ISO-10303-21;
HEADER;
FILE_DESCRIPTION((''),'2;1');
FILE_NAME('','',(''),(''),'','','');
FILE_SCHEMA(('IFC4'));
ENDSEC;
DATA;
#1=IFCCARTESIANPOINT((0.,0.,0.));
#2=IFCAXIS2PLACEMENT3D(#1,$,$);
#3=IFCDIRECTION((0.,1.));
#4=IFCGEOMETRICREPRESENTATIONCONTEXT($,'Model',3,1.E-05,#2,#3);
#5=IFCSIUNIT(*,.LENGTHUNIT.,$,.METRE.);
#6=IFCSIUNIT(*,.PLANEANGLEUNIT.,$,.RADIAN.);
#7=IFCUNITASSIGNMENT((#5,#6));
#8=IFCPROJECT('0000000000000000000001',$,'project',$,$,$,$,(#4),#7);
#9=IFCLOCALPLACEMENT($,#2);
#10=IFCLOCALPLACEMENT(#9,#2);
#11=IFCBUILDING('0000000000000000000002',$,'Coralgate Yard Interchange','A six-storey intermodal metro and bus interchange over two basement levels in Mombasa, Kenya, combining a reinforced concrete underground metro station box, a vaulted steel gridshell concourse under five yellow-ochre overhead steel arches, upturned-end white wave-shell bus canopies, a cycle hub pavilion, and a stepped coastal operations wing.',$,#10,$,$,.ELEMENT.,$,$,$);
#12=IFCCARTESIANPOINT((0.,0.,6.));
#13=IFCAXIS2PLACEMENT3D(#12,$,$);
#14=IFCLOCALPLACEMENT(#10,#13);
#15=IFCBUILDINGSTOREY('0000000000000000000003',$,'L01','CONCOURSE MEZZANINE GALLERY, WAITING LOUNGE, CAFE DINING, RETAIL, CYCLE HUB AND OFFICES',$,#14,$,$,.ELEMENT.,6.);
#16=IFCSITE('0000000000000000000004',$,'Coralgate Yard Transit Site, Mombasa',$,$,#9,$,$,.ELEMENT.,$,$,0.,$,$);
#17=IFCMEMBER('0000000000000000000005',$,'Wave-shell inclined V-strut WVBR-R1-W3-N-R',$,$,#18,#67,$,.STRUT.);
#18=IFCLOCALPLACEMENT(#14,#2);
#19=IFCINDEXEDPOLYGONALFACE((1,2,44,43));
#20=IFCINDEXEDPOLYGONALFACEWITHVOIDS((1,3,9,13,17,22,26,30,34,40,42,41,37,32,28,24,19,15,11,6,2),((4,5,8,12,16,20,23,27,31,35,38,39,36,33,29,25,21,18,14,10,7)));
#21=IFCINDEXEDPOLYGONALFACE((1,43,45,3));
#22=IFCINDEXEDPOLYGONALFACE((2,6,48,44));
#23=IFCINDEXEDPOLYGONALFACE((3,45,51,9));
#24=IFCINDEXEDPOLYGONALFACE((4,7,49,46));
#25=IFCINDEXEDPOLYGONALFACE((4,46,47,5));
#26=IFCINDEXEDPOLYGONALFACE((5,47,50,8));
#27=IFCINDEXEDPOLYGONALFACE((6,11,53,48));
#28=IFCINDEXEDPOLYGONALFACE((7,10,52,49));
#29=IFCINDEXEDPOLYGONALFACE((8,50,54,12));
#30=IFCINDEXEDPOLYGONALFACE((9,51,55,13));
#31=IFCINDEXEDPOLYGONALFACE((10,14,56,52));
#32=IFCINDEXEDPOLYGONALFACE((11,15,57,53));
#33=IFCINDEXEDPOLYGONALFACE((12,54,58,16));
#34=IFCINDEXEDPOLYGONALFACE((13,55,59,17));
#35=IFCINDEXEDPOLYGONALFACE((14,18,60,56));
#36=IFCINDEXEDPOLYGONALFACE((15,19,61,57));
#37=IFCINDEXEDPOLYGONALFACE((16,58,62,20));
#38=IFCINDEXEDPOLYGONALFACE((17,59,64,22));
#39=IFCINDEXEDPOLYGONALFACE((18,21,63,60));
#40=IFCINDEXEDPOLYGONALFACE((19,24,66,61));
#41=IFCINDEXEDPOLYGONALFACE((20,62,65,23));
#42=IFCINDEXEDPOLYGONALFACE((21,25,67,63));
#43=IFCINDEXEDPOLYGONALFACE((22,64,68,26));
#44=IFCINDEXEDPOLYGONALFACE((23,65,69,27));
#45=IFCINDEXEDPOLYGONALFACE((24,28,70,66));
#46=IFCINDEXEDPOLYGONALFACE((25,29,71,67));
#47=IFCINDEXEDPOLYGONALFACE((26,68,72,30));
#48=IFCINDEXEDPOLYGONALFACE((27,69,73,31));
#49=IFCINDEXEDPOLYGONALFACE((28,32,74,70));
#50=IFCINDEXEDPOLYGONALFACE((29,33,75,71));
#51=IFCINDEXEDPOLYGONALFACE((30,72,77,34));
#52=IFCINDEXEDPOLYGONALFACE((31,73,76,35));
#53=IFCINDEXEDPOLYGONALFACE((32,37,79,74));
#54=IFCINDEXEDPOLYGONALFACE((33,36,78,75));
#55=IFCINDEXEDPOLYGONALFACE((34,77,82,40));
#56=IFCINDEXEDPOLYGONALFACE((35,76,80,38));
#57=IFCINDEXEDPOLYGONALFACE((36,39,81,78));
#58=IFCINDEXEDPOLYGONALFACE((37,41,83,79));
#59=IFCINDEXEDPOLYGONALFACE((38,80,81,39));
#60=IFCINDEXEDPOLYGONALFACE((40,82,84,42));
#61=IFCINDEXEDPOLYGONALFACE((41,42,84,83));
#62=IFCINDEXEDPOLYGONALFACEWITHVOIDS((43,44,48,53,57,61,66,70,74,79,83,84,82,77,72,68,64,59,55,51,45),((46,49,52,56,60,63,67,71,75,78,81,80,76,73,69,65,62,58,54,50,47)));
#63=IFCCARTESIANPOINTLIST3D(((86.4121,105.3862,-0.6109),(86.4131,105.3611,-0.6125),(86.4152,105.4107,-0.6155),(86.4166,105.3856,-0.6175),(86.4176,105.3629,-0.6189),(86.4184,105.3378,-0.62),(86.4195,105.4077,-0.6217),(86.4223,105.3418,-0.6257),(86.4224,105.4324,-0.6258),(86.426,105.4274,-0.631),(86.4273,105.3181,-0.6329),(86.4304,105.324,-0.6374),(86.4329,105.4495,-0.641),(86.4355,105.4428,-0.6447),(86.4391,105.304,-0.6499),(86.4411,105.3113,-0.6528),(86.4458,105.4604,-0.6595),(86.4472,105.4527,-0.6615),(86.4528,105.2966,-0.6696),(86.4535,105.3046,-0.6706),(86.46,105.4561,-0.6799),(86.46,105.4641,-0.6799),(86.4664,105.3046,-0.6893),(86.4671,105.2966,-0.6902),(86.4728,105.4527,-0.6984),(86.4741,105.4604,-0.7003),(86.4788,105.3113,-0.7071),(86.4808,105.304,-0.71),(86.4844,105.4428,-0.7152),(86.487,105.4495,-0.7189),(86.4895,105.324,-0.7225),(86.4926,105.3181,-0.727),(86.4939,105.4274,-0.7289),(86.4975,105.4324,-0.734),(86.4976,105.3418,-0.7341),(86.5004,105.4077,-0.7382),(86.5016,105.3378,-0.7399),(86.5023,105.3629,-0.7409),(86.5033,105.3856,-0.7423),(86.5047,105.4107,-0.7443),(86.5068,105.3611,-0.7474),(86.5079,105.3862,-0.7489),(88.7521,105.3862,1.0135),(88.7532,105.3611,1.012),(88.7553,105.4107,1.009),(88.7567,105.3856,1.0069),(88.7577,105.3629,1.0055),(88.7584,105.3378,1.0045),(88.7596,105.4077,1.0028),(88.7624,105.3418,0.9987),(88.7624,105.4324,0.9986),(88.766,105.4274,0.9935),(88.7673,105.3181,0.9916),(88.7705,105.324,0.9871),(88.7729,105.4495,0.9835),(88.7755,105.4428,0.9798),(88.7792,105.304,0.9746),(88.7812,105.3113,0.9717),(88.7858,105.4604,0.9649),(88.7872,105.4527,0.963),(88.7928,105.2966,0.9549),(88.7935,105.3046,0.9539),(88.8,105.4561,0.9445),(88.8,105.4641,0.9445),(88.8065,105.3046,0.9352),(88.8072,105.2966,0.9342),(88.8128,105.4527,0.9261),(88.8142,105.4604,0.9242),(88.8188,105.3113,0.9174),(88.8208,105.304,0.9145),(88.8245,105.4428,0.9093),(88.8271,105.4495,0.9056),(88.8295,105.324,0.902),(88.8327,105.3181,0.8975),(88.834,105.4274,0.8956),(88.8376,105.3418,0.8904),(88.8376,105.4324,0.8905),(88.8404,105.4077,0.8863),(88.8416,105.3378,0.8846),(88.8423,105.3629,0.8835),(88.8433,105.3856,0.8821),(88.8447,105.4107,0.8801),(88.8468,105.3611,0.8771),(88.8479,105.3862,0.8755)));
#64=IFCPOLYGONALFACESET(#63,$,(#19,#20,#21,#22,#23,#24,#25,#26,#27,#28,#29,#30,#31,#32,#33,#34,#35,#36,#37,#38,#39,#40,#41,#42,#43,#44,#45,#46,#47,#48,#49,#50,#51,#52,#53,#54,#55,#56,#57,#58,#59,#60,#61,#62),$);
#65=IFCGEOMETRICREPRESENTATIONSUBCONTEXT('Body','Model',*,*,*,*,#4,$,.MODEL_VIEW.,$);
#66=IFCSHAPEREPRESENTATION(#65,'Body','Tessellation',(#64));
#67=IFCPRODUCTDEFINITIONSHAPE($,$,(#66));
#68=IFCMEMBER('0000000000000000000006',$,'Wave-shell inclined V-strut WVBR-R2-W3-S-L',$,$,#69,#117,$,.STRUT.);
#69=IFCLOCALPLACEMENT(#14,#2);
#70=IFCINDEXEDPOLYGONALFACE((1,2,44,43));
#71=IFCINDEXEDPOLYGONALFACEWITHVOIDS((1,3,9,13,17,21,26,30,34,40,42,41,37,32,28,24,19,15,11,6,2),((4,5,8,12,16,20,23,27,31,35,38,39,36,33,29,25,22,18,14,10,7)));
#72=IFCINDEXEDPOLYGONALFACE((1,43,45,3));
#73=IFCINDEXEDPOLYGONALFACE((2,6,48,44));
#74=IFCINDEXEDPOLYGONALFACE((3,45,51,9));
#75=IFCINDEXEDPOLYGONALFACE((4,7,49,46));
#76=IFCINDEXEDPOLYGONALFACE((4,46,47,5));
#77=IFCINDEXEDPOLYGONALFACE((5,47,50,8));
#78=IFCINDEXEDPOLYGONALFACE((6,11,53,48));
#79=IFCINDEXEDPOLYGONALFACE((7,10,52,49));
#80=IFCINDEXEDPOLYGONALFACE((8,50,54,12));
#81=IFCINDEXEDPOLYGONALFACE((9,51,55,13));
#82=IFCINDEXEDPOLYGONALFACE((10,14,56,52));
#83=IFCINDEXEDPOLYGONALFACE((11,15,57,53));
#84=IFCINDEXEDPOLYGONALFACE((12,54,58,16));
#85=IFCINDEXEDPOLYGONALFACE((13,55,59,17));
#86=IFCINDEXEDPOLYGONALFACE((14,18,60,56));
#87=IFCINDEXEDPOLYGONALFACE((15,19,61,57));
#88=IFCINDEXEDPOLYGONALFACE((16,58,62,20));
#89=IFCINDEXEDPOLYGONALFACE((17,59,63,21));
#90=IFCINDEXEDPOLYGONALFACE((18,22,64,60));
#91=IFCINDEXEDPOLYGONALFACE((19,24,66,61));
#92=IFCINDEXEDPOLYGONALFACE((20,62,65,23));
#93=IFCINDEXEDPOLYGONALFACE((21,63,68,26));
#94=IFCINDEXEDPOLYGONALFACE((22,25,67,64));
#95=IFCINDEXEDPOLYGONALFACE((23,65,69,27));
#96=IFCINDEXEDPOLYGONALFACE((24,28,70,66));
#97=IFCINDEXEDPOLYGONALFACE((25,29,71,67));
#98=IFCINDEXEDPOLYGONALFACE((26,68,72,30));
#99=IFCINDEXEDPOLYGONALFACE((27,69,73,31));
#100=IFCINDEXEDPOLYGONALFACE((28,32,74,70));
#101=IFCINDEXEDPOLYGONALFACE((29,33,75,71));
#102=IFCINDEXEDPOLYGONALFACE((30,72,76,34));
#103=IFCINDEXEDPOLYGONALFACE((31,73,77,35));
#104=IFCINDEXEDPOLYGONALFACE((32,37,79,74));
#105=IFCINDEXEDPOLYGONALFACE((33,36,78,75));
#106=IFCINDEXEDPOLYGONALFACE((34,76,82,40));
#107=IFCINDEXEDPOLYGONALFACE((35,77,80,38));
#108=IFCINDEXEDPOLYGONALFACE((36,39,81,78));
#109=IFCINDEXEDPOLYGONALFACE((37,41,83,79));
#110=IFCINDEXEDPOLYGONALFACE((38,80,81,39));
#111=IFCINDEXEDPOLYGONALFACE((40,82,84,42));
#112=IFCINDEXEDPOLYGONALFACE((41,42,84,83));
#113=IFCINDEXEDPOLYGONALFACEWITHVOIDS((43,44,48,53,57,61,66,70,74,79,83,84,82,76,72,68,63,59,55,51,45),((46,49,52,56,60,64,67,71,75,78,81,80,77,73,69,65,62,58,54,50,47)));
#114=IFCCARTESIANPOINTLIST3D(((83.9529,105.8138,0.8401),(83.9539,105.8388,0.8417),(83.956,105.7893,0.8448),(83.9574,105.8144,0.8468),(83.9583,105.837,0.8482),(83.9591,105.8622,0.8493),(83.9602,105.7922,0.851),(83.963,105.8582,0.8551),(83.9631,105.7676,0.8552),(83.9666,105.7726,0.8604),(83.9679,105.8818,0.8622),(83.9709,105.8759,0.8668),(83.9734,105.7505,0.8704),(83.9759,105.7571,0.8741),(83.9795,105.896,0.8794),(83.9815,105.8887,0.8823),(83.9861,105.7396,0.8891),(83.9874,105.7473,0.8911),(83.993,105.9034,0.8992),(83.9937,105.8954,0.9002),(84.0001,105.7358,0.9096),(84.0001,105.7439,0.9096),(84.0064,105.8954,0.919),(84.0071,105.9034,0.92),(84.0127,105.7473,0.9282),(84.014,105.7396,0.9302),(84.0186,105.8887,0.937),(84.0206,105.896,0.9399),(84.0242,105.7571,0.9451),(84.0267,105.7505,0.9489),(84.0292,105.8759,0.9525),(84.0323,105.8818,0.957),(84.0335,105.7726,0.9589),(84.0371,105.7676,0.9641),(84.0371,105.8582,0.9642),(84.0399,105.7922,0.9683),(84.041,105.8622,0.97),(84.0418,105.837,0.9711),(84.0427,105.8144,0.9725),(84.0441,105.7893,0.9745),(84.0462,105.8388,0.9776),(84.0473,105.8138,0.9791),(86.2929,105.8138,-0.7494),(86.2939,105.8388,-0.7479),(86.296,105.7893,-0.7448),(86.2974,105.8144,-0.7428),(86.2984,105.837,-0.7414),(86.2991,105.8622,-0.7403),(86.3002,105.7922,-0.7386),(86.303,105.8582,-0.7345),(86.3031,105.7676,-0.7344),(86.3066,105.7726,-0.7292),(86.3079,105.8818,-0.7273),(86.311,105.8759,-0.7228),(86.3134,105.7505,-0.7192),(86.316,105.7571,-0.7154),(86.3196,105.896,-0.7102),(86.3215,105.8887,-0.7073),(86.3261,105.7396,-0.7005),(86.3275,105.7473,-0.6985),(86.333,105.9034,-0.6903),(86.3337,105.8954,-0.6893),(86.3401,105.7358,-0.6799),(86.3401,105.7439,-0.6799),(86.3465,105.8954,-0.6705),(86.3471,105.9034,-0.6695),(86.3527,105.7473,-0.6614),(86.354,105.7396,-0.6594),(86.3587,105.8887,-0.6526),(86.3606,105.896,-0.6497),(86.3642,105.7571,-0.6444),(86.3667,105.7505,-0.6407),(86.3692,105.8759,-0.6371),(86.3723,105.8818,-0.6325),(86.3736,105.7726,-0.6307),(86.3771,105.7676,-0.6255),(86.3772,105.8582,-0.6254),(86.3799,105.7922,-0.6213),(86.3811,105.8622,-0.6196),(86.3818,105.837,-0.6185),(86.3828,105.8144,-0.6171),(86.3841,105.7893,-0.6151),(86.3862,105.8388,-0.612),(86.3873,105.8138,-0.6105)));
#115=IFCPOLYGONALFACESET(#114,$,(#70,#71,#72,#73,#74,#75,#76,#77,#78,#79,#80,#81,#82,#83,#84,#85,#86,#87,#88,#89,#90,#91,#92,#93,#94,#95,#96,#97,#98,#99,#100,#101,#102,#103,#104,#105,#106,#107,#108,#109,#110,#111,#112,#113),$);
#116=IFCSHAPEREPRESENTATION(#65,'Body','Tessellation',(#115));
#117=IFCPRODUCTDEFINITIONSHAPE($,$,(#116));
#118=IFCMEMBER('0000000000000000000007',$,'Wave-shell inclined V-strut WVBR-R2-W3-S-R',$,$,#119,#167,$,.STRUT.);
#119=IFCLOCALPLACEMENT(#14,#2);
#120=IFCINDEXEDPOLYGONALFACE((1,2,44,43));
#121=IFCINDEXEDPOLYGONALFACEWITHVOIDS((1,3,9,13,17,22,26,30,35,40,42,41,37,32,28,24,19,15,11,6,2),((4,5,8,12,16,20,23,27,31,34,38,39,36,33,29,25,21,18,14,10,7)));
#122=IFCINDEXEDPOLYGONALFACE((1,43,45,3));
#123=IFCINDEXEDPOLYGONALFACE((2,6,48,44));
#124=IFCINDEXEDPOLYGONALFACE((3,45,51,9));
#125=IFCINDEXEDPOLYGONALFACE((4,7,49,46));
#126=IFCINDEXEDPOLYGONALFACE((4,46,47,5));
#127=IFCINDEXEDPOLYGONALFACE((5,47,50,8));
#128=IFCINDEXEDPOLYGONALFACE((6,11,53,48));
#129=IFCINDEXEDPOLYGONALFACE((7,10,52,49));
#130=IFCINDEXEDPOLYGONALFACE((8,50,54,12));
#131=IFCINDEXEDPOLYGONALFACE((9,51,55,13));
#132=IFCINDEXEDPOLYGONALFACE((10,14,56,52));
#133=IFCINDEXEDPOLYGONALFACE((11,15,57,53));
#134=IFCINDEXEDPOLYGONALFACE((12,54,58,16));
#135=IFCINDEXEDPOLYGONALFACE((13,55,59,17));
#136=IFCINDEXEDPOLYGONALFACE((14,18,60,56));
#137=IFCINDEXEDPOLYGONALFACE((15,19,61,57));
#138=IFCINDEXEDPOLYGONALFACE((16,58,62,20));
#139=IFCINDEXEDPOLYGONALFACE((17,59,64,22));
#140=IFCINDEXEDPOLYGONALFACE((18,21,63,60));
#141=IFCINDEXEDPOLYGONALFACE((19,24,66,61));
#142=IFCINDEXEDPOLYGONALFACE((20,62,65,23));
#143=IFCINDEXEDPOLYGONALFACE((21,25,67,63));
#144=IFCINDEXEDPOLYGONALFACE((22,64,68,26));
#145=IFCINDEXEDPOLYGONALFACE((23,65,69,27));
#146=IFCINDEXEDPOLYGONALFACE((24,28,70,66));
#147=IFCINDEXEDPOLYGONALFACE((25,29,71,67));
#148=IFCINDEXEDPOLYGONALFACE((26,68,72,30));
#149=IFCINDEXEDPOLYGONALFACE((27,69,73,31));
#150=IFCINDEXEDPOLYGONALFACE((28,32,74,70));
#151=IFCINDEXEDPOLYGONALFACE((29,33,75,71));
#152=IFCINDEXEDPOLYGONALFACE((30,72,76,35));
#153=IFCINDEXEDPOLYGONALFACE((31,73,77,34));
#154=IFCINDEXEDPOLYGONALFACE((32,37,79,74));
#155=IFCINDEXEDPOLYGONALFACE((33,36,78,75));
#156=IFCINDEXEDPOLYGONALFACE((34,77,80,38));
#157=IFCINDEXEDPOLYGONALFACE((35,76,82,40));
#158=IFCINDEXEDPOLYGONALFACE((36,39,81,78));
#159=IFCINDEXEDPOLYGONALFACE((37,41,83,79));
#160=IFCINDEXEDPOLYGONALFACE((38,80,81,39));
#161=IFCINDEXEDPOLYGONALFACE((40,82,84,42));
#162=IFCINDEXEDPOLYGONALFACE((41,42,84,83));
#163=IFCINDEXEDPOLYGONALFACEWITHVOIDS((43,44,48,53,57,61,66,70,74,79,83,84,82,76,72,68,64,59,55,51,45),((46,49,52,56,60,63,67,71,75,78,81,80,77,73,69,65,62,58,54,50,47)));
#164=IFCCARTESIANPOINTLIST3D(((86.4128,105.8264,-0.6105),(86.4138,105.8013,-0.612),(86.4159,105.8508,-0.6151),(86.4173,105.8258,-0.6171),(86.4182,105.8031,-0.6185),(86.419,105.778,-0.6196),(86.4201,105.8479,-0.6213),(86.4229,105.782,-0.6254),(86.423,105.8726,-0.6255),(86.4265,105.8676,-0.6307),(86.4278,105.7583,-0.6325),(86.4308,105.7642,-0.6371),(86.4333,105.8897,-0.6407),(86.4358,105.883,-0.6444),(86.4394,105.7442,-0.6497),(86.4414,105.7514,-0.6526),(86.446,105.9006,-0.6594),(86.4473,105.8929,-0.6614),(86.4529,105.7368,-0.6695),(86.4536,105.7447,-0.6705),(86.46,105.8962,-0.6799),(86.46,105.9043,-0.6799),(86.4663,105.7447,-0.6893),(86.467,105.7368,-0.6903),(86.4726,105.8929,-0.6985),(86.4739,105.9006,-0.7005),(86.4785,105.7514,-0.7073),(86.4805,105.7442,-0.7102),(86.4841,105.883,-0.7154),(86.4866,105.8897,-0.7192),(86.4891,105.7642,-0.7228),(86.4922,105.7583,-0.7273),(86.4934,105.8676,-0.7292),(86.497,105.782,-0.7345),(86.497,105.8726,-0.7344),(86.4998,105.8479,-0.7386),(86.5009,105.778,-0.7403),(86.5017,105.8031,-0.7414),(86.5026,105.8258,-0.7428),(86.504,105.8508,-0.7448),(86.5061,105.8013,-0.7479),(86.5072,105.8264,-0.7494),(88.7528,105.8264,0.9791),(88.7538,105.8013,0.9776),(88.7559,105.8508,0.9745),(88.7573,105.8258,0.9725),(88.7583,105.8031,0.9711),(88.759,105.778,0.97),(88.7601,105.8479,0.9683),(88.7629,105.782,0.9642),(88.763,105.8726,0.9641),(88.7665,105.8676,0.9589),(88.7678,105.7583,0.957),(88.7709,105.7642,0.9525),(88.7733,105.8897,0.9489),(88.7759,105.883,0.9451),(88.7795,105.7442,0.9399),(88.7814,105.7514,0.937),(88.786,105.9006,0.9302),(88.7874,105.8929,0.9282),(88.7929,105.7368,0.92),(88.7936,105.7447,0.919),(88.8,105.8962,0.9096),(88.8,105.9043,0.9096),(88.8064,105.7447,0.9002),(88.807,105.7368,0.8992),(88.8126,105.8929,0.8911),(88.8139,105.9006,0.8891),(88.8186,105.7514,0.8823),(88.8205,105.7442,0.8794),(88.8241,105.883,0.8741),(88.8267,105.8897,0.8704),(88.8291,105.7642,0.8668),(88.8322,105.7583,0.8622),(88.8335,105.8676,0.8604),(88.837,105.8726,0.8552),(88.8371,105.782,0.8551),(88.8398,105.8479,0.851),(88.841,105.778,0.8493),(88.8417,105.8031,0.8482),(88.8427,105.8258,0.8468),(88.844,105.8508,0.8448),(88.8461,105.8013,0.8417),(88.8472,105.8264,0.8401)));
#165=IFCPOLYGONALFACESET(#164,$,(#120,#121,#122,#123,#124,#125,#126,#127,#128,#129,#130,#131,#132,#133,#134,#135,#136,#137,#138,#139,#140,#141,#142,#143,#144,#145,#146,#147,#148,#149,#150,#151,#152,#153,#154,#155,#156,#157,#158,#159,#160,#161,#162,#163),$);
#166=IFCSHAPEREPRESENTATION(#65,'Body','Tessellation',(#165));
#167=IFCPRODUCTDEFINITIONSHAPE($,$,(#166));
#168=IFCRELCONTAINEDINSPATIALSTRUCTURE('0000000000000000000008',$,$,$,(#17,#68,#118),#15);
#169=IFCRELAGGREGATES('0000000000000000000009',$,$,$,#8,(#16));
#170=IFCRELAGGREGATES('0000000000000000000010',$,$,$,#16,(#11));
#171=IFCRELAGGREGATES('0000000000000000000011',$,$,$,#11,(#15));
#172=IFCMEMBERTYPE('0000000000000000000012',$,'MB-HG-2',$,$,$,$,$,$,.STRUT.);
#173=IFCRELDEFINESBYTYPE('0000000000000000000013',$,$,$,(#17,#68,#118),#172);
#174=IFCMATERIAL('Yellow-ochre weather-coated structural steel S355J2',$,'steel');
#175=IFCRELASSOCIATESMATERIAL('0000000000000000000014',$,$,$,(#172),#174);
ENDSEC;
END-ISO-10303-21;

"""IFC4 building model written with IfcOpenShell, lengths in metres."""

from ifc_helpers import new_model, si_unit, direction, frame, origin, origin_2d, place, context, subcontext, project, spatial, hollow_circle, extrude, material, material_profile, profile_set, type_object, element, save


model = new_model("IFC4")

# Units and contexts
model_context = context("Model", 3, precision=1e-05, world=origin(), true_north=direction((0.0, 1.0)))
body_context = subcontext(model_context, "Body", "Model", "MODEL_VIEW")
ifc_project = project(units=[si_unit("LENGTHUNIT", "METRE"), si_unit("PLANEANGLEUNIT", "RADIAN")], contexts=[model_context])

# Site, building, storey
site_placement = place(None, origin())
site = spatial("IfcSite", under=ifc_project, at=site_placement, Name="Coralgate Yard Transit Site, Mombasa", CompositionType="ELEMENT", RefElevation=0.0)
building_placement = place(site_placement, origin())
building = spatial("IfcBuilding", under=site, at=building_placement, Name="Coralgate Yard Interchange", Description="A six-storey intermodal metro and bus interchange over two basement levels in Mombasa, Kenya, combining a reinforced concrete underground metro station box, a vaulted steel gridshell concourse under five yellow-ochre overhead steel arches, upturned-end white wave-shell bus canopies, a cycle hub pavilion, and a stepped coastal operations wing.", CompositionType="ELEMENT")
storey_placement = place(building_placement, frame((0.0, 0.0, 6.0)))
storey = spatial("IfcBuildingStorey", under=building, at=storey_placement, Name="L01", Description="CONCOURSE MEZZANINE GALLERY, WAITING LOUNGE, CAFE DINING, RETAIL, CYCLE HUB AND OFFICES", CompositionType="ELEMENT", Elevation=6.0)

# Members
ifc_material_1 = material(Name="Yellow-ochre weather-coated structural steel S355J2", Category="steel")
ifc_material_profile_1 = material_profile(ifc_material_1, hollow_circle(Radius=0.0842, WallThickness=0.0081, at=origin_2d()), Name="CHS 168.3x8")
ifc_profile_set_1 = profile_set([ifc_material_profile_1], Name="Yellow-ochre weather-coated structural steel S355J2")
member_type_1 = type_object("IfcMemberType", Name="MB-HG-2", PredefinedType="STRUT", material=ifc_profile_set_1)
for number, where, z_axis, x_axis, name in (
    (1, (86.46, 105.3799, -0.6799), (0.82146, 0.0, 0.570266), (0.0, 1.0, 0.0), "Wave-shell inclined V-strut WVBR-R1-W3-N-R"),
):
    element("IfcMember", number, at=place(storey_placement, frame(where, z_axis=z_axis, x_axis=x_axis)), inside=storey, type_object=member_type_1, Name=name, PredefinedType="STRUT", context=body_context, shape_type="SweptSolid", body=[
        extrude(hollow_circle(Radius=0.0842, WallThickness=0.0081, at=origin_2d()), origin(), (0.0, 0.0, 1.0), 2.8486),
    ])
for number, where, z_axis, x_axis, name in (
    (2, (86.3401, 105.8201, -0.6799), (-0.827199, 0.0, 0.561909), (0.0, -1.0, 0.0), "Wave-shell inclined V-strut WVBR-R2-W3-S-L"),
    (3, (86.46, 105.8201, -0.6799), (0.827199, 0.0, 0.561909), (0.0, 1.0, 0.0), "Wave-shell inclined V-strut WVBR-R2-W3-S-R"),
):
    element("IfcMember", number, at=place(storey_placement, frame(where, z_axis=z_axis, x_axis=x_axis)), inside=storey, type_object=member_type_1, Name=name, PredefinedType="STRUT", context=body_context, shape_type="SweptSolid", body=[
        extrude(hollow_circle(Radius=0.0842, WallThickness=0.0081, at=origin_2d()), origin(), (0.0, 0.0, 1.0), 2.8289),
    ])

save(model, "model.ifc")
